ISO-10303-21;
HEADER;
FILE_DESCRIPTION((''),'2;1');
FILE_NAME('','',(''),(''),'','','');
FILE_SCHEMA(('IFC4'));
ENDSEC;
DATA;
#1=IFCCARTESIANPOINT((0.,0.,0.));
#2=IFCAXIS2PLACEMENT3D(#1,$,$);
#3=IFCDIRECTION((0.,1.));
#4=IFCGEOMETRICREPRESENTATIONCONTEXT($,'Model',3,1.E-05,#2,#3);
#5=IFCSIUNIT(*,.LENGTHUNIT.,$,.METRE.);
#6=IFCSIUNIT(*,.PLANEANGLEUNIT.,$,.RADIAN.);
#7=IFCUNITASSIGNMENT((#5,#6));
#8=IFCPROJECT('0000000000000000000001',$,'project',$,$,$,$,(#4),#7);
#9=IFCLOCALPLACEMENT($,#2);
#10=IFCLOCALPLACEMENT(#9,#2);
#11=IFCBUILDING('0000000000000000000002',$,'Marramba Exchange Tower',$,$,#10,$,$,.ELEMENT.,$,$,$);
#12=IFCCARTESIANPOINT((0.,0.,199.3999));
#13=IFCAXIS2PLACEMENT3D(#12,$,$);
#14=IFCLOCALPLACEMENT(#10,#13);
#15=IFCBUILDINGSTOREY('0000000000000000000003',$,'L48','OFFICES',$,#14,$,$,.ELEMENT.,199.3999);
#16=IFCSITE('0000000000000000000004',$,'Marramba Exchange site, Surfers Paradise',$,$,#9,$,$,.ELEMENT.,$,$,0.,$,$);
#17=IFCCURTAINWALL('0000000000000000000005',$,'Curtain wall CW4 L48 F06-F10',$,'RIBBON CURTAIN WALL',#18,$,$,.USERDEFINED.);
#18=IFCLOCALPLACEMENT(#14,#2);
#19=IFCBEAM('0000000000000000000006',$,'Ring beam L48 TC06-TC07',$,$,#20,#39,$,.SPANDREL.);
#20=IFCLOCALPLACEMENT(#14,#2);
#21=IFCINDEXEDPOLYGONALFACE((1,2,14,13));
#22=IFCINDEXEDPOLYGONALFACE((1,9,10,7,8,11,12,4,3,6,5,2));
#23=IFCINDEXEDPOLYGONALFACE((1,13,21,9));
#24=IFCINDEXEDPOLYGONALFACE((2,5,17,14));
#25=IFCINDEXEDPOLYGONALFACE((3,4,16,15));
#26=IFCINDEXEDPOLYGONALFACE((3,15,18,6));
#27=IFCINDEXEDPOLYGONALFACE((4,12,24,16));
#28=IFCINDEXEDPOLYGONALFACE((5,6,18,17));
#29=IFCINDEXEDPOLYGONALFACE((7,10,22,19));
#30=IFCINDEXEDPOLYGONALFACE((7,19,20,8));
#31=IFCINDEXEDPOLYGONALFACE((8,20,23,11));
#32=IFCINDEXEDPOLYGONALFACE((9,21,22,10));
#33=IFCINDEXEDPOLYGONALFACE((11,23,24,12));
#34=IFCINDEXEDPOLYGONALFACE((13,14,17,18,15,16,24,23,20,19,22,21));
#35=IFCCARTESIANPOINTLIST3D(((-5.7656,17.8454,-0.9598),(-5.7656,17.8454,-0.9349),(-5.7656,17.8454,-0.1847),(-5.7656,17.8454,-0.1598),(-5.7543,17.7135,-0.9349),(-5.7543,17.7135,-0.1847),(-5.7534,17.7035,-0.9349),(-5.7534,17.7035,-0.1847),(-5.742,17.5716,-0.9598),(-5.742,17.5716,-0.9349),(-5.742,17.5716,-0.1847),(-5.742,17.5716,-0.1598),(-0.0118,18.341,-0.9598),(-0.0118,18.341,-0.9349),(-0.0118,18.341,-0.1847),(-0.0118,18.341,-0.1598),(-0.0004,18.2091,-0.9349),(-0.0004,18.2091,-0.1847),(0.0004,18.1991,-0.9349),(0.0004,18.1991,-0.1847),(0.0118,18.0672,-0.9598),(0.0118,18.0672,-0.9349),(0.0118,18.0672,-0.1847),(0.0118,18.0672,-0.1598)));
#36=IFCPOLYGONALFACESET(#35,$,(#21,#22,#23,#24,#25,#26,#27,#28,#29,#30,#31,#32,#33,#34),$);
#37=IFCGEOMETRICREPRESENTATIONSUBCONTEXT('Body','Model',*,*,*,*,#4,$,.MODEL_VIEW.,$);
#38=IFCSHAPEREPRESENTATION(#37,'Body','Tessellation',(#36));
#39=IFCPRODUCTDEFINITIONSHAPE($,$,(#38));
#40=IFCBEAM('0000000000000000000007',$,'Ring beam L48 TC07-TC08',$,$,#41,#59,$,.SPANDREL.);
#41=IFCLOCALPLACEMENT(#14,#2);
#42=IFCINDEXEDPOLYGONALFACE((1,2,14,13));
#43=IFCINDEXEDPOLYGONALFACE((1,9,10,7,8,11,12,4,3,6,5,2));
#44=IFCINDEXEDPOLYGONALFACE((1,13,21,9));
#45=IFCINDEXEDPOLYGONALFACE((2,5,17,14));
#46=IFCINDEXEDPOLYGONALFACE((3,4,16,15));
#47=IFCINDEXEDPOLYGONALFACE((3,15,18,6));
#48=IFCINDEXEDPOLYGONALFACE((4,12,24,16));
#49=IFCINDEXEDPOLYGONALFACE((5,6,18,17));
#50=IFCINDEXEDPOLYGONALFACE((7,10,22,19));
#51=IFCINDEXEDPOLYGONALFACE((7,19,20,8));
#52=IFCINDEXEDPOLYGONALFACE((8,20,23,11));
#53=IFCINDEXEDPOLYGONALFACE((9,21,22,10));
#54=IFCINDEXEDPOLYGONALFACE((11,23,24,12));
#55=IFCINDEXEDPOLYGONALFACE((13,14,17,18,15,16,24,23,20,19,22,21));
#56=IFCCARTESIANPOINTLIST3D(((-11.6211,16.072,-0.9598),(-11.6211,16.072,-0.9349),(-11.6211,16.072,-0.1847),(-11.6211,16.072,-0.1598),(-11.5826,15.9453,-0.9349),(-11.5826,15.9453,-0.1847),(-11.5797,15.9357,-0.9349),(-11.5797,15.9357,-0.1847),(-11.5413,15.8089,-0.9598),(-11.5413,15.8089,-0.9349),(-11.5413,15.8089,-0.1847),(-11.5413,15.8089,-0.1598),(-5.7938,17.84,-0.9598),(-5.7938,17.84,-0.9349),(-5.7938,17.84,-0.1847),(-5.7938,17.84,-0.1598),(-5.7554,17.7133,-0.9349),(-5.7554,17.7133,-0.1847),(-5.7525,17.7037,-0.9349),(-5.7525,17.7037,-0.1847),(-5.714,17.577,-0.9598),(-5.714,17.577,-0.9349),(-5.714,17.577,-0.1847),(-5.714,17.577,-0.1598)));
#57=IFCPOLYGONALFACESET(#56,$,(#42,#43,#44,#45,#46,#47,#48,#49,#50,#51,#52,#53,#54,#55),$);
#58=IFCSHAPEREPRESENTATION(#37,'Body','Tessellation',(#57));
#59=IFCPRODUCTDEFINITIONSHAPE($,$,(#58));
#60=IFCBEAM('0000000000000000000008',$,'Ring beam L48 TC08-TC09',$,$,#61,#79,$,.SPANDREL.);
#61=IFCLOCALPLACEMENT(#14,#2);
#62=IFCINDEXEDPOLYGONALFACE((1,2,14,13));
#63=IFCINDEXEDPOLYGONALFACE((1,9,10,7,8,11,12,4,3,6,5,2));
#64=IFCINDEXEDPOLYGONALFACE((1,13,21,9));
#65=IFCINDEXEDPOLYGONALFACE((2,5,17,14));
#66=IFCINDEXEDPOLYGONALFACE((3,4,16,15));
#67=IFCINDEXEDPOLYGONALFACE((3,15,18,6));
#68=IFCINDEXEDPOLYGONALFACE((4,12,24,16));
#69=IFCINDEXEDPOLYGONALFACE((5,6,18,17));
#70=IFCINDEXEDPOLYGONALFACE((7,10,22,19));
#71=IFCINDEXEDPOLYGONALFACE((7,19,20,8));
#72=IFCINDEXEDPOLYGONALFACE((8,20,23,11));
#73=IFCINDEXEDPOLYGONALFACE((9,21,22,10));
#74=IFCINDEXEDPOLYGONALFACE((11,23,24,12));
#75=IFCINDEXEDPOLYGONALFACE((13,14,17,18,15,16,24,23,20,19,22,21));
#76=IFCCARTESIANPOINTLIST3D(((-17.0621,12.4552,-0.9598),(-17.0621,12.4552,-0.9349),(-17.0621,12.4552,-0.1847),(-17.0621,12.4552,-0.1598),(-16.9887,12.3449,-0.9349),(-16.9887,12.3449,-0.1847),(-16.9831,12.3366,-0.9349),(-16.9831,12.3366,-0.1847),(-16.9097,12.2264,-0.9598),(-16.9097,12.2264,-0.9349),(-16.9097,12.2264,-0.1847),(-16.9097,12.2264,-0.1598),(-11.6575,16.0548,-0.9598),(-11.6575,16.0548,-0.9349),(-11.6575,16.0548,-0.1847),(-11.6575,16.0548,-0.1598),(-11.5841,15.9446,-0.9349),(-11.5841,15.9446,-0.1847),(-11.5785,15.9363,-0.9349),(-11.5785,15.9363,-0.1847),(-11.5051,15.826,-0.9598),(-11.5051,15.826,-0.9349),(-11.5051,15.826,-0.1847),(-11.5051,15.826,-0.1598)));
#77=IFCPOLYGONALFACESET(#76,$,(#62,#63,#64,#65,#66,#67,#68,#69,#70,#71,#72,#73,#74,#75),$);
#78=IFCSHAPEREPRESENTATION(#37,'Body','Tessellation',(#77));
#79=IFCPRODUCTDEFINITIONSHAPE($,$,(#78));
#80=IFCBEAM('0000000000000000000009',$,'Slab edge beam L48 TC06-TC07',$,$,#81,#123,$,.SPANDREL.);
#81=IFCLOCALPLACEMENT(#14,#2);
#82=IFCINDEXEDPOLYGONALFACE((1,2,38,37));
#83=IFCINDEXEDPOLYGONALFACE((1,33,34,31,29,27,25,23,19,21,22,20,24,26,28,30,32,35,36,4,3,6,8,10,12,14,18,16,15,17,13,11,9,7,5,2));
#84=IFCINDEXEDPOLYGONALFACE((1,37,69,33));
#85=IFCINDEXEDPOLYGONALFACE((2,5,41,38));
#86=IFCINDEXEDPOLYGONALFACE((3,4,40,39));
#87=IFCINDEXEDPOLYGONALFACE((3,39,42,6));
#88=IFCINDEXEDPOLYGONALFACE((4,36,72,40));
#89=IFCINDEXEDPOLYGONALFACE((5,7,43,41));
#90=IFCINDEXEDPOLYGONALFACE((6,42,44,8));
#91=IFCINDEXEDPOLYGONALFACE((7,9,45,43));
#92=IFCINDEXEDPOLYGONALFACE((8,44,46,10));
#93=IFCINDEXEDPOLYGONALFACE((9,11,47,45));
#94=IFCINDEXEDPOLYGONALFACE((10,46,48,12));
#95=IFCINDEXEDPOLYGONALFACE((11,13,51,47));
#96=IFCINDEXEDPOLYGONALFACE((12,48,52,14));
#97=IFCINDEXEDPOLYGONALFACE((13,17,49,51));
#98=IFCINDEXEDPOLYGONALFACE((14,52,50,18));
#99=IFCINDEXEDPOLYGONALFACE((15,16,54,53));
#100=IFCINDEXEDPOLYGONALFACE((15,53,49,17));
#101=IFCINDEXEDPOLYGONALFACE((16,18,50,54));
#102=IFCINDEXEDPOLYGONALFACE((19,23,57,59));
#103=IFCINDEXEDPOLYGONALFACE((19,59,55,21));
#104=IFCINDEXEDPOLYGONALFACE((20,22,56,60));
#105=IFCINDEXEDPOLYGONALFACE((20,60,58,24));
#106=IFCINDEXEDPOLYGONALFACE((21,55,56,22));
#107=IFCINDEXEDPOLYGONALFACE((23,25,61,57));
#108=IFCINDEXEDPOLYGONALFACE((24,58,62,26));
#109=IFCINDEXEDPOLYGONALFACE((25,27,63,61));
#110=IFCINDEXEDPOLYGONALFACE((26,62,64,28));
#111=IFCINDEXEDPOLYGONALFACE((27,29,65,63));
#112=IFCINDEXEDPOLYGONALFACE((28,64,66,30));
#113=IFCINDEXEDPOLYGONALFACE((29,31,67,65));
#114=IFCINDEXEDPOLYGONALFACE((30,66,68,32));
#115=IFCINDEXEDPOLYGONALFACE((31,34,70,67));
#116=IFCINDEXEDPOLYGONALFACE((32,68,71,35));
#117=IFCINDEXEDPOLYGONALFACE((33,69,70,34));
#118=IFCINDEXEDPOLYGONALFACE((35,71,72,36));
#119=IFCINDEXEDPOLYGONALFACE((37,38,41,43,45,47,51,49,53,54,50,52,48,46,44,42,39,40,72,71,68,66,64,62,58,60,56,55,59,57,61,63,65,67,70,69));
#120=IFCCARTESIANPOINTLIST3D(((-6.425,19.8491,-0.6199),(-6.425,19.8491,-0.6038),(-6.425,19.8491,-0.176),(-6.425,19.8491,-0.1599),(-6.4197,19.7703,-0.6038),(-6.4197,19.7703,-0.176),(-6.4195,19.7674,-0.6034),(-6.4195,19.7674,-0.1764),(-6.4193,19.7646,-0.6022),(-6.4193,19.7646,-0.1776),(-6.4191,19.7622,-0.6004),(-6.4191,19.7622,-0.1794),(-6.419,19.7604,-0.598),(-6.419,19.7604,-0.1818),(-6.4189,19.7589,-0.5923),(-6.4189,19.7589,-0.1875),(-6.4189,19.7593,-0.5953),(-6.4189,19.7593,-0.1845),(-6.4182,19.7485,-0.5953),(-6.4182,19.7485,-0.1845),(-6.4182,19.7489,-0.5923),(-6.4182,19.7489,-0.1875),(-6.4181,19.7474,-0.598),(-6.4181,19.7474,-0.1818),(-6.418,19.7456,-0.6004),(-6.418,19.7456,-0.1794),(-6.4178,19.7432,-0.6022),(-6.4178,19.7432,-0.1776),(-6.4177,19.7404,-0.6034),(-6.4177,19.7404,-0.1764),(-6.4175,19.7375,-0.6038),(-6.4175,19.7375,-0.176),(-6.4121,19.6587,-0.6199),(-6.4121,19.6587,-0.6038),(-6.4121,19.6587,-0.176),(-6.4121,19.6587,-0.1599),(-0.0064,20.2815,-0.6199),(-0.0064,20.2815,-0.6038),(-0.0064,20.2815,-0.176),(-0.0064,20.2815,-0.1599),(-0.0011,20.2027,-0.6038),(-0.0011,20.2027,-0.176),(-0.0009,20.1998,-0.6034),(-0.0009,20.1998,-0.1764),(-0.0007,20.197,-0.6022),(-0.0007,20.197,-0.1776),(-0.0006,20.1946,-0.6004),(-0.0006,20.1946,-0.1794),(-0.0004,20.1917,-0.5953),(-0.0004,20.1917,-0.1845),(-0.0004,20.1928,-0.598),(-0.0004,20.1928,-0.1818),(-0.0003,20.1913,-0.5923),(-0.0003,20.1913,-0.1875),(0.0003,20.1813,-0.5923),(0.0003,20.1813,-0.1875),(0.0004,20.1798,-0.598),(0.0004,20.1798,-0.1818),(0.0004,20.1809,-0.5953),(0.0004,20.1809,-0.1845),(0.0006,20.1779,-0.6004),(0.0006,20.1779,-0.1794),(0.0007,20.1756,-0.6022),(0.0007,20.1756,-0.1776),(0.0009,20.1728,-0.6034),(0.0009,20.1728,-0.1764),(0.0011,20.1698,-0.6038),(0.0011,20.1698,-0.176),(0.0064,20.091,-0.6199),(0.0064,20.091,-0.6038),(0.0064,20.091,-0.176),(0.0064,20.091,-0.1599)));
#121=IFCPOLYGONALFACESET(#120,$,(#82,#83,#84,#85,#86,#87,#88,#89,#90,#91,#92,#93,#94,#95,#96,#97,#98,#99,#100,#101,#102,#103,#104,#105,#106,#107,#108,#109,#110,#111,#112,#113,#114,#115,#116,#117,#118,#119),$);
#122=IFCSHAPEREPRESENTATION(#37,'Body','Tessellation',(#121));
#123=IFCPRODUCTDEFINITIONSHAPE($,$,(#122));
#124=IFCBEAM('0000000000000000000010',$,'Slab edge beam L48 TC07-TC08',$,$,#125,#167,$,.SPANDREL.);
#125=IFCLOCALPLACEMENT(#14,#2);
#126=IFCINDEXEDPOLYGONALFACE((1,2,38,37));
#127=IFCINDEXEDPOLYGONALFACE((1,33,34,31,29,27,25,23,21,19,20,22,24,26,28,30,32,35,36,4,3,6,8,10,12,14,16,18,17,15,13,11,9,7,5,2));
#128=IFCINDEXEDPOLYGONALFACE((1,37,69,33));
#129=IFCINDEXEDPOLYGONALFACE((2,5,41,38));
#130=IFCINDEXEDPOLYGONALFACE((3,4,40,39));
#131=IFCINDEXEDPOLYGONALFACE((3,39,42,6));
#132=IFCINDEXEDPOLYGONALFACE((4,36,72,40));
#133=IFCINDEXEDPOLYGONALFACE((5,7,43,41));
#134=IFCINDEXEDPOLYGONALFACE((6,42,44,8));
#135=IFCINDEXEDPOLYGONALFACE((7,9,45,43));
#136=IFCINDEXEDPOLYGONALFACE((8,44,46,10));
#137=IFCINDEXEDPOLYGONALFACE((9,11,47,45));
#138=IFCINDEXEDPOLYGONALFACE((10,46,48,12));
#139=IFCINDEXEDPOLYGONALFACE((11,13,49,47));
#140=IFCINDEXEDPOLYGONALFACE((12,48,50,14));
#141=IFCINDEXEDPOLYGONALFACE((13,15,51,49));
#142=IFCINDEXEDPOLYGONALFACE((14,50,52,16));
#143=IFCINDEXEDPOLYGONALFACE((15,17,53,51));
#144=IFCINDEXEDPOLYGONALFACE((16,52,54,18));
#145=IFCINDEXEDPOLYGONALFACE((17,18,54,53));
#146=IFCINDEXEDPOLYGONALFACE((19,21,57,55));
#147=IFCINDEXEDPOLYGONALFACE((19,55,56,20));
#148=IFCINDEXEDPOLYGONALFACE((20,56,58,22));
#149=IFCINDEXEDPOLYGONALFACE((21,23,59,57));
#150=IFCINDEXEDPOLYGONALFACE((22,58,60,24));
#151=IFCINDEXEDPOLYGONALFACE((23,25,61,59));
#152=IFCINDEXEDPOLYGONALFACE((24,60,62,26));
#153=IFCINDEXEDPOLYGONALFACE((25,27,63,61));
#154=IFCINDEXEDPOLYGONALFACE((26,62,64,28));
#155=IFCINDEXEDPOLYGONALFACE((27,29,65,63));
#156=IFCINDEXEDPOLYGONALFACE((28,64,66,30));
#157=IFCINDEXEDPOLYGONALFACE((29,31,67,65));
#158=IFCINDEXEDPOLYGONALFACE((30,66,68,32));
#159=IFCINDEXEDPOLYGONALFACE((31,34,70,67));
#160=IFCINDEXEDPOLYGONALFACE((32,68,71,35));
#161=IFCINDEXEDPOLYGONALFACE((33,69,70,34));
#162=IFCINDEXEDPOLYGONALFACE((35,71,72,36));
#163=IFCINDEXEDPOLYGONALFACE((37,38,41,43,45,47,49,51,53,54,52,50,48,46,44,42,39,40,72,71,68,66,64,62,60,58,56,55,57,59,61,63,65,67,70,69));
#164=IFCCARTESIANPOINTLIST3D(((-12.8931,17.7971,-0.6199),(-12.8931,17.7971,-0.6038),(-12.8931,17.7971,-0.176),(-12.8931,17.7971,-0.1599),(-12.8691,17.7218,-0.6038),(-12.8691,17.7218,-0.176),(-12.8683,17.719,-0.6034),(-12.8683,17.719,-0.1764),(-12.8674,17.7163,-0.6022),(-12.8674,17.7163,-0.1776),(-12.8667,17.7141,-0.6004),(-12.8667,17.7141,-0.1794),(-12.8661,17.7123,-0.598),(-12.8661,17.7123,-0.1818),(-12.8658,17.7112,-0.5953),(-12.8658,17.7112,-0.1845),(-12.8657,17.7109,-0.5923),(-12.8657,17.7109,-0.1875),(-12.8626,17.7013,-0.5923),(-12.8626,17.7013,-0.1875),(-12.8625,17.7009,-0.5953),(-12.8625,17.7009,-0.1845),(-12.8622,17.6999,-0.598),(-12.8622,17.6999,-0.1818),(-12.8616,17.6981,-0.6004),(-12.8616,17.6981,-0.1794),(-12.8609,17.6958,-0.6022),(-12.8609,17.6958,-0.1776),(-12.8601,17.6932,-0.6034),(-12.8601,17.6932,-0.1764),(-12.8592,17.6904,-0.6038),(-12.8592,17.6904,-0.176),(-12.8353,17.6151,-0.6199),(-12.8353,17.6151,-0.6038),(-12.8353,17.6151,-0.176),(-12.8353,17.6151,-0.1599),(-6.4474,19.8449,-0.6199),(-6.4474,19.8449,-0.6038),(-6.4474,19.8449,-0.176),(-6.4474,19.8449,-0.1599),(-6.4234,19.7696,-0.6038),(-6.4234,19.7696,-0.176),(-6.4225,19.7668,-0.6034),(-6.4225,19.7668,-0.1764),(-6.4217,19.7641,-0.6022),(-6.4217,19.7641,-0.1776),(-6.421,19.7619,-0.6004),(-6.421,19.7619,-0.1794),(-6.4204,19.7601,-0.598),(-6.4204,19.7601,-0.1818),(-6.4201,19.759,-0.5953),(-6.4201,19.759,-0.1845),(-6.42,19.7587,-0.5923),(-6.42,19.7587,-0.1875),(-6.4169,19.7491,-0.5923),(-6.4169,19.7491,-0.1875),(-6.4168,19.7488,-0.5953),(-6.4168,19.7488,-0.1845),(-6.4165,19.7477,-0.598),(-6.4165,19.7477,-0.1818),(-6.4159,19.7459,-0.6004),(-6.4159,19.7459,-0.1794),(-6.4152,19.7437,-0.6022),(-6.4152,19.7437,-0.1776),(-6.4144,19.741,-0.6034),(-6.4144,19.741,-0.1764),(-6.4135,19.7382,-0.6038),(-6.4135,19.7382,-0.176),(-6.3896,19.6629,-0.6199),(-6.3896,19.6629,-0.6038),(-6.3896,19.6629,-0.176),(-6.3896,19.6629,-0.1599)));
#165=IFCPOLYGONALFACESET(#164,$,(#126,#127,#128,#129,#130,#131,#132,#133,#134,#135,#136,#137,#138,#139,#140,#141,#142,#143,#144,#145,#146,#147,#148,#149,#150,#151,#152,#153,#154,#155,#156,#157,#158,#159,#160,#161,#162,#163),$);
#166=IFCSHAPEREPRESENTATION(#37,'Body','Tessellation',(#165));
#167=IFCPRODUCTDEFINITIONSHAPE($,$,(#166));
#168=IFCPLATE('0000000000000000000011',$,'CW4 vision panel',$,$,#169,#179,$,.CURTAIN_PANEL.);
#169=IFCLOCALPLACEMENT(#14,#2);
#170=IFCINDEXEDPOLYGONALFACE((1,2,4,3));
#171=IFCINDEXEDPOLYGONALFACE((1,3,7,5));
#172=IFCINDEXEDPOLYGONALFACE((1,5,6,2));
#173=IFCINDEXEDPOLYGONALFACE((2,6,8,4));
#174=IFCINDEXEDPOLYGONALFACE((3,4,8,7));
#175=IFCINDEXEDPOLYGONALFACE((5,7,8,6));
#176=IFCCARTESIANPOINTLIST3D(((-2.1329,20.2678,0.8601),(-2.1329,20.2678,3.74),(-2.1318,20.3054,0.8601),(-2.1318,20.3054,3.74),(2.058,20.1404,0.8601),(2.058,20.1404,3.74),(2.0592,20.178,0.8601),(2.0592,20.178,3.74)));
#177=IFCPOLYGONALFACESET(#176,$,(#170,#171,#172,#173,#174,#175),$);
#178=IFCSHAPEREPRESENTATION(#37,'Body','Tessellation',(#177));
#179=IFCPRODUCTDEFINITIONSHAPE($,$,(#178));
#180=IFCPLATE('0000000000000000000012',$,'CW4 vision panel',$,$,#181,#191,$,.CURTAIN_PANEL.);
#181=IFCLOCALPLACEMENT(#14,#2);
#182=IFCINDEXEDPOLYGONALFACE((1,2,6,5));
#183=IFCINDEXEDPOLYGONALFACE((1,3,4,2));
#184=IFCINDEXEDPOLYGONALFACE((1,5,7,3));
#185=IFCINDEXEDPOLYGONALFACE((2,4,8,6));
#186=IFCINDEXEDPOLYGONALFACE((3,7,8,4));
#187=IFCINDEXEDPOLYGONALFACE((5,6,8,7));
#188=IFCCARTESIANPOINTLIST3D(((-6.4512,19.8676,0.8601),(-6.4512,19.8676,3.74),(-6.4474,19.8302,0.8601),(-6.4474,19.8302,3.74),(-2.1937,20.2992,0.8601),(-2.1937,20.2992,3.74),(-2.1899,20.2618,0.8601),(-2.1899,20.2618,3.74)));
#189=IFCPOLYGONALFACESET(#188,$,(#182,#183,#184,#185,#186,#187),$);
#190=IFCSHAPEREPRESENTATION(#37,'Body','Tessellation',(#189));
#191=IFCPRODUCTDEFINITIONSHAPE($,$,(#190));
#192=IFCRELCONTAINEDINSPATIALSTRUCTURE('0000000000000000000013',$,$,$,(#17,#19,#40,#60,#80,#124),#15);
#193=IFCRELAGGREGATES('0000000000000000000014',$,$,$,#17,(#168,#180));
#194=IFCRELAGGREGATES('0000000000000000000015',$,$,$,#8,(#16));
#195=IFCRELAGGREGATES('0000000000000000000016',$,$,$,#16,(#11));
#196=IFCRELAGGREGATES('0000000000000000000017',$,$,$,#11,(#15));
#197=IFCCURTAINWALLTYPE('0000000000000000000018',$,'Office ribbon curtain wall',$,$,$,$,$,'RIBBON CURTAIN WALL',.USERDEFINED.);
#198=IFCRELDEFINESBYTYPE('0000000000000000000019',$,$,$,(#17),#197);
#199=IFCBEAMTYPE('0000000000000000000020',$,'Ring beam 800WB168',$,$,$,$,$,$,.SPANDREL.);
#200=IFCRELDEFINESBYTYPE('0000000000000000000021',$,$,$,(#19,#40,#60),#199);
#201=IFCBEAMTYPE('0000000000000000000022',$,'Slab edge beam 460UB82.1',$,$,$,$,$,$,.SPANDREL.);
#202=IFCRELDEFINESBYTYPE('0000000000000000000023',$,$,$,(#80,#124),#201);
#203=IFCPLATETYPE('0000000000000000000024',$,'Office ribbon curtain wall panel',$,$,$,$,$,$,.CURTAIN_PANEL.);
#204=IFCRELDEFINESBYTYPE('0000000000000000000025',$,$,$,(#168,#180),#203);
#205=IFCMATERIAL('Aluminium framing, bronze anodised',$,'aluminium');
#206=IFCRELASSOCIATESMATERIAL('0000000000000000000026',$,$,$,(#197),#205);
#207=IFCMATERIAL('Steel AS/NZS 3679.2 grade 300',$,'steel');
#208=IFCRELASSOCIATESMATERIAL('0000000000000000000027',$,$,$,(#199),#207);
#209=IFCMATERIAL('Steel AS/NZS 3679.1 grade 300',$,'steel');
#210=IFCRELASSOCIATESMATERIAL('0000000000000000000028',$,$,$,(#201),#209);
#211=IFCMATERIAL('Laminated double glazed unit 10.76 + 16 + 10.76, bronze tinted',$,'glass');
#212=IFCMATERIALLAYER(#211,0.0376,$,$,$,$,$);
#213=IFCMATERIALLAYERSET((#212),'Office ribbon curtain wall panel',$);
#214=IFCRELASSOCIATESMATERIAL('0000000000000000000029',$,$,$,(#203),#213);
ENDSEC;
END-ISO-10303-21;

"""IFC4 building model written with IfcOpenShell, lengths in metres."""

from ifc_helpers import new_model, si_unit, direction, frame, origin, origin_2d, place, context, subcontext, project, spatial, rectangle, i_section, extrude, material, layer, layer_set, material_profile, profile_set, type_object, element, aggregate, save


model = new_model("IFC4")

# Units and contexts
model_context = context("Model", 3, precision=1e-05, world=origin(), true_north=direction((0.0, 1.0)))
body_context = subcontext(model_context, "Body", "Model", "MODEL_VIEW")
ifc_project = project(units=[si_unit("LENGTHUNIT", "METRE"), si_unit("PLANEANGLEUNIT", "RADIAN")], contexts=[model_context])

# Site, building, storey
site_placement = place(None, origin())
site = spatial("IfcSite", under=ifc_project, at=site_placement, Name="Marramba Exchange site, Surfers Paradise", CompositionType="ELEMENT", RefElevation=0.0)
building_placement = place(site_placement, origin())
building = spatial("IfcBuilding", under=site, at=building_placement, Name="Marramba Exchange Tower", CompositionType="ELEMENT")
storey_placement = place(building_placement, frame((0.0, 0.0, 199.3999)))
storey = spatial("IfcBuildingStorey", under=building, at=storey_placement, Name="L48", Description="OFFICES", CompositionType="ELEMENT", Elevation=199.3999)

# Shared definitions
ifc_material_1 = material(Name="Steel AS/NZS 3679.2 grade 300", Category="steel")

# Curtain wall
ifc_material_2 = material(Name="Aluminium framing, bronze anodised", Category="aluminium")
curtain_wall_type = type_object("IfcCurtainWallType", Name="Office ribbon curtain wall", ElementType="RIBBON CURTAIN WALL", PredefinedType="USERDEFINED", material=ifc_material_2)
curtain_wall_1_placement = place(storey_placement, origin())
curtain_wall_1 = element("IfcCurtainWall", 1, at=curtain_wall_1_placement, inside=storey, type_object=curtain_wall_type, Name="Curtain wall CW4 L48 F06-F10", ObjectType="RIBBON CURTAIN WALL", PredefinedType="USERDEFINED")

# Beams
ifc_material_profile_1 = material_profile(ifc_material_1, i_section(OverallWidth=0.2749, OverallDepth=0.8, WebThickness=0.01, FlangeThickness=0.0249, at=origin_2d()), Name="800WB168")
ifc_profile_set_1 = profile_set([ifc_material_profile_1], Name="Steel AS/NZS 3679.2 grade 300")
beam_type_1 = type_object("IfcBeamType", Name="Ring beam 800WB168", PredefinedType="SPANDREL", material=ifc_profile_set_1)
beam_1_placement = place(storey_placement, frame((0.0, 18.2041, -0.5598), z_axis=(-0.996311, -0.085816, 0.0), x_axis=(0.085816, -0.996311, 0.0)))
element("IfcBeam", 2, at=beam_1_placement, inside=storey, type_object=beam_type_1, Name="Ring beam L48 TC06-TC07", PredefinedType="SPANDREL", context=body_context, shape_type="SweptSolid", body=[
    extrude(i_section(OverallWidth=0.2749, OverallDepth=0.8, WebThickness=0.01, FlangeThickness=0.0249, at=origin_2d()), origin(), (0.0, 0.0, 1.0), 5.7751),
])
beam_2_placement = place(storey_placement, frame((-5.7539, 17.7085, -0.5598), z_axis=(-0.956925, -0.290337, 0.0), x_axis=(0.290337, -0.956925, 0.0)))
element("IfcBeam", 3, at=beam_2_placement, inside=storey, type_object=beam_type_1, Name="Ring beam L48 TC07-TC08", PredefinedType="SPANDREL", context=body_context, shape_type="SweptSolid", body=[
    extrude(i_section(OverallWidth=0.2749, OverallDepth=0.8, WebThickness=0.01, FlangeThickness=0.0249, at=origin_2d()), origin(), (0.0, 0.0, 1.0), 6.0896),
])
beam_3_placement = place(storey_placement, frame((-11.5813, 15.9404, -0.5598), z_axis=(-0.832293, -0.554336, 0.0), x_axis=(0.554336, -0.832293, 0.0)))
element("IfcBeam", 4, at=beam_3_placement, inside=storey, type_object=beam_type_1, Name="Ring beam L48 TC08-TC09", PredefinedType="SPANDREL", context=body_context, shape_type="SweptSolid", body=[
    extrude(i_section(OverallWidth=0.2749, OverallDepth=0.8, WebThickness=0.01, FlangeThickness=0.0249, at=origin_2d()), origin(), (0.0, 0.0, 1.0), 6.4937),
])
ifc_material_3 = material(Name="Steel AS/NZS 3679.1 grade 300", Category="steel")
ifc_material_profile_2 = material_profile(ifc_material_3, i_section(OverallWidth=0.1909, OverallDepth=0.46, WebThickness=0.01, FlangeThickness=0.0161, FilletRadius=0.0115, at=origin_2d()), Name="460UB82.1")
ifc_profile_set_2 = profile_set([ifc_material_profile_2], Name="Steel AS/NZS 3679.1 grade 300")
beam_type_2 = type_object("IfcBeamType", Name="Slab edge beam 460UB82.1", PredefinedType="SPANDREL", material=ifc_profile_set_2)
beam_4_placement = place(storey_placement, frame((0.0, 20.1863, -0.3899), z_axis=(-0.997739, -0.067212, 0.0), x_axis=(0.067212, -0.997739, 0.0)))
element("IfcBeam", 5, at=beam_4_placement, inside=storey, type_object=beam_type_2, Name="Slab edge beam L48 TC06-TC07", PredefinedType="SPANDREL", context=body_context, shape_type="SweptSolid", body=[
    extrude(i_section(OverallWidth=0.1909, OverallDepth=0.46, WebThickness=0.01, FlangeThickness=0.0161, FilletRadius=0.0115, at=origin_2d()), origin(), (0.0, 0.0, 1.0), 6.4331),
])
beam_5_placement = place(storey_placement, frame((-6.4185, 19.7539, -0.3899), z_axis=(-0.953057, -0.302789, 0.0), x_axis=(0.302789, -0.953057, 0.0)))
element("IfcBeam", 6, at=beam_5_placement, inside=storey, type_object=beam_type_2, Name="Slab edge beam L48 TC07-TC08", PredefinedType="SPANDREL", context=body_context, shape_type="SweptSolid", body=[
    extrude(i_section(OverallWidth=0.1909, OverallDepth=0.46, WebThickness=0.01, FlangeThickness=0.0161, FilletRadius=0.0115, at=origin_2d()), origin(), (0.0, 0.0, 1.0), 6.7632),
])

# Plates
ifc_material_4 = material(Name="Laminated double glazed unit 10.76 + 16 + 10.76, bronze tinted", Category="glass")
ifc_layer_1 = layer(ifc_material_4, 0.0376)
ifc_layer_set_1 = layer_set([ifc_layer_1], Name="Office ribbon curtain wall panel")
plate_type = type_object("IfcPlateType", Name="Office ribbon curtain wall panel", PredefinedType="CURTAIN_PANEL", material=ifc_layer_set_1)
plate_1_placement = place(storey_placement, frame((-0.0369, 20.2229, 0.8601), z_axis=(0.0, 0.0, 1.0), x_axis=(-0.999538, 0.030394, 0.0)))
plate_1 = element("IfcPlate", 7, at=plate_1_placement, type_object=plate_type, Name="CW4 vision panel", PredefinedType="CURTAIN_PANEL", context=body_context, shape_type="SweptSolid", body=[
    extrude(rectangle(XDim=4.1929, YDim=0.0376, at=origin_2d()), origin(), (0.0, 0.0, 1.0), 2.8799),
])
plate_2_placement = place(storey_placement, frame((-4.3206, 20.0647, 0.8601), z_axis=(0.0, 0.0, 1.0), x_axis=(-0.9949, -0.100863, 0.0)))
plate_2 = element("IfcPlate", 8, at=plate_2_placement, type_object=plate_type, Name="CW4 vision panel", PredefinedType="CURTAIN_PANEL", context=body_context, shape_type="SweptSolid", body=[
    extrude(rectangle(XDim=4.2793, YDim=0.0376, at=origin_2d()), origin(), (0.0, 0.0, 1.0), 2.8799),
])
aggregate(curtain_wall_1, [plate_1, plate_2])

save(model, "model.ifc")
